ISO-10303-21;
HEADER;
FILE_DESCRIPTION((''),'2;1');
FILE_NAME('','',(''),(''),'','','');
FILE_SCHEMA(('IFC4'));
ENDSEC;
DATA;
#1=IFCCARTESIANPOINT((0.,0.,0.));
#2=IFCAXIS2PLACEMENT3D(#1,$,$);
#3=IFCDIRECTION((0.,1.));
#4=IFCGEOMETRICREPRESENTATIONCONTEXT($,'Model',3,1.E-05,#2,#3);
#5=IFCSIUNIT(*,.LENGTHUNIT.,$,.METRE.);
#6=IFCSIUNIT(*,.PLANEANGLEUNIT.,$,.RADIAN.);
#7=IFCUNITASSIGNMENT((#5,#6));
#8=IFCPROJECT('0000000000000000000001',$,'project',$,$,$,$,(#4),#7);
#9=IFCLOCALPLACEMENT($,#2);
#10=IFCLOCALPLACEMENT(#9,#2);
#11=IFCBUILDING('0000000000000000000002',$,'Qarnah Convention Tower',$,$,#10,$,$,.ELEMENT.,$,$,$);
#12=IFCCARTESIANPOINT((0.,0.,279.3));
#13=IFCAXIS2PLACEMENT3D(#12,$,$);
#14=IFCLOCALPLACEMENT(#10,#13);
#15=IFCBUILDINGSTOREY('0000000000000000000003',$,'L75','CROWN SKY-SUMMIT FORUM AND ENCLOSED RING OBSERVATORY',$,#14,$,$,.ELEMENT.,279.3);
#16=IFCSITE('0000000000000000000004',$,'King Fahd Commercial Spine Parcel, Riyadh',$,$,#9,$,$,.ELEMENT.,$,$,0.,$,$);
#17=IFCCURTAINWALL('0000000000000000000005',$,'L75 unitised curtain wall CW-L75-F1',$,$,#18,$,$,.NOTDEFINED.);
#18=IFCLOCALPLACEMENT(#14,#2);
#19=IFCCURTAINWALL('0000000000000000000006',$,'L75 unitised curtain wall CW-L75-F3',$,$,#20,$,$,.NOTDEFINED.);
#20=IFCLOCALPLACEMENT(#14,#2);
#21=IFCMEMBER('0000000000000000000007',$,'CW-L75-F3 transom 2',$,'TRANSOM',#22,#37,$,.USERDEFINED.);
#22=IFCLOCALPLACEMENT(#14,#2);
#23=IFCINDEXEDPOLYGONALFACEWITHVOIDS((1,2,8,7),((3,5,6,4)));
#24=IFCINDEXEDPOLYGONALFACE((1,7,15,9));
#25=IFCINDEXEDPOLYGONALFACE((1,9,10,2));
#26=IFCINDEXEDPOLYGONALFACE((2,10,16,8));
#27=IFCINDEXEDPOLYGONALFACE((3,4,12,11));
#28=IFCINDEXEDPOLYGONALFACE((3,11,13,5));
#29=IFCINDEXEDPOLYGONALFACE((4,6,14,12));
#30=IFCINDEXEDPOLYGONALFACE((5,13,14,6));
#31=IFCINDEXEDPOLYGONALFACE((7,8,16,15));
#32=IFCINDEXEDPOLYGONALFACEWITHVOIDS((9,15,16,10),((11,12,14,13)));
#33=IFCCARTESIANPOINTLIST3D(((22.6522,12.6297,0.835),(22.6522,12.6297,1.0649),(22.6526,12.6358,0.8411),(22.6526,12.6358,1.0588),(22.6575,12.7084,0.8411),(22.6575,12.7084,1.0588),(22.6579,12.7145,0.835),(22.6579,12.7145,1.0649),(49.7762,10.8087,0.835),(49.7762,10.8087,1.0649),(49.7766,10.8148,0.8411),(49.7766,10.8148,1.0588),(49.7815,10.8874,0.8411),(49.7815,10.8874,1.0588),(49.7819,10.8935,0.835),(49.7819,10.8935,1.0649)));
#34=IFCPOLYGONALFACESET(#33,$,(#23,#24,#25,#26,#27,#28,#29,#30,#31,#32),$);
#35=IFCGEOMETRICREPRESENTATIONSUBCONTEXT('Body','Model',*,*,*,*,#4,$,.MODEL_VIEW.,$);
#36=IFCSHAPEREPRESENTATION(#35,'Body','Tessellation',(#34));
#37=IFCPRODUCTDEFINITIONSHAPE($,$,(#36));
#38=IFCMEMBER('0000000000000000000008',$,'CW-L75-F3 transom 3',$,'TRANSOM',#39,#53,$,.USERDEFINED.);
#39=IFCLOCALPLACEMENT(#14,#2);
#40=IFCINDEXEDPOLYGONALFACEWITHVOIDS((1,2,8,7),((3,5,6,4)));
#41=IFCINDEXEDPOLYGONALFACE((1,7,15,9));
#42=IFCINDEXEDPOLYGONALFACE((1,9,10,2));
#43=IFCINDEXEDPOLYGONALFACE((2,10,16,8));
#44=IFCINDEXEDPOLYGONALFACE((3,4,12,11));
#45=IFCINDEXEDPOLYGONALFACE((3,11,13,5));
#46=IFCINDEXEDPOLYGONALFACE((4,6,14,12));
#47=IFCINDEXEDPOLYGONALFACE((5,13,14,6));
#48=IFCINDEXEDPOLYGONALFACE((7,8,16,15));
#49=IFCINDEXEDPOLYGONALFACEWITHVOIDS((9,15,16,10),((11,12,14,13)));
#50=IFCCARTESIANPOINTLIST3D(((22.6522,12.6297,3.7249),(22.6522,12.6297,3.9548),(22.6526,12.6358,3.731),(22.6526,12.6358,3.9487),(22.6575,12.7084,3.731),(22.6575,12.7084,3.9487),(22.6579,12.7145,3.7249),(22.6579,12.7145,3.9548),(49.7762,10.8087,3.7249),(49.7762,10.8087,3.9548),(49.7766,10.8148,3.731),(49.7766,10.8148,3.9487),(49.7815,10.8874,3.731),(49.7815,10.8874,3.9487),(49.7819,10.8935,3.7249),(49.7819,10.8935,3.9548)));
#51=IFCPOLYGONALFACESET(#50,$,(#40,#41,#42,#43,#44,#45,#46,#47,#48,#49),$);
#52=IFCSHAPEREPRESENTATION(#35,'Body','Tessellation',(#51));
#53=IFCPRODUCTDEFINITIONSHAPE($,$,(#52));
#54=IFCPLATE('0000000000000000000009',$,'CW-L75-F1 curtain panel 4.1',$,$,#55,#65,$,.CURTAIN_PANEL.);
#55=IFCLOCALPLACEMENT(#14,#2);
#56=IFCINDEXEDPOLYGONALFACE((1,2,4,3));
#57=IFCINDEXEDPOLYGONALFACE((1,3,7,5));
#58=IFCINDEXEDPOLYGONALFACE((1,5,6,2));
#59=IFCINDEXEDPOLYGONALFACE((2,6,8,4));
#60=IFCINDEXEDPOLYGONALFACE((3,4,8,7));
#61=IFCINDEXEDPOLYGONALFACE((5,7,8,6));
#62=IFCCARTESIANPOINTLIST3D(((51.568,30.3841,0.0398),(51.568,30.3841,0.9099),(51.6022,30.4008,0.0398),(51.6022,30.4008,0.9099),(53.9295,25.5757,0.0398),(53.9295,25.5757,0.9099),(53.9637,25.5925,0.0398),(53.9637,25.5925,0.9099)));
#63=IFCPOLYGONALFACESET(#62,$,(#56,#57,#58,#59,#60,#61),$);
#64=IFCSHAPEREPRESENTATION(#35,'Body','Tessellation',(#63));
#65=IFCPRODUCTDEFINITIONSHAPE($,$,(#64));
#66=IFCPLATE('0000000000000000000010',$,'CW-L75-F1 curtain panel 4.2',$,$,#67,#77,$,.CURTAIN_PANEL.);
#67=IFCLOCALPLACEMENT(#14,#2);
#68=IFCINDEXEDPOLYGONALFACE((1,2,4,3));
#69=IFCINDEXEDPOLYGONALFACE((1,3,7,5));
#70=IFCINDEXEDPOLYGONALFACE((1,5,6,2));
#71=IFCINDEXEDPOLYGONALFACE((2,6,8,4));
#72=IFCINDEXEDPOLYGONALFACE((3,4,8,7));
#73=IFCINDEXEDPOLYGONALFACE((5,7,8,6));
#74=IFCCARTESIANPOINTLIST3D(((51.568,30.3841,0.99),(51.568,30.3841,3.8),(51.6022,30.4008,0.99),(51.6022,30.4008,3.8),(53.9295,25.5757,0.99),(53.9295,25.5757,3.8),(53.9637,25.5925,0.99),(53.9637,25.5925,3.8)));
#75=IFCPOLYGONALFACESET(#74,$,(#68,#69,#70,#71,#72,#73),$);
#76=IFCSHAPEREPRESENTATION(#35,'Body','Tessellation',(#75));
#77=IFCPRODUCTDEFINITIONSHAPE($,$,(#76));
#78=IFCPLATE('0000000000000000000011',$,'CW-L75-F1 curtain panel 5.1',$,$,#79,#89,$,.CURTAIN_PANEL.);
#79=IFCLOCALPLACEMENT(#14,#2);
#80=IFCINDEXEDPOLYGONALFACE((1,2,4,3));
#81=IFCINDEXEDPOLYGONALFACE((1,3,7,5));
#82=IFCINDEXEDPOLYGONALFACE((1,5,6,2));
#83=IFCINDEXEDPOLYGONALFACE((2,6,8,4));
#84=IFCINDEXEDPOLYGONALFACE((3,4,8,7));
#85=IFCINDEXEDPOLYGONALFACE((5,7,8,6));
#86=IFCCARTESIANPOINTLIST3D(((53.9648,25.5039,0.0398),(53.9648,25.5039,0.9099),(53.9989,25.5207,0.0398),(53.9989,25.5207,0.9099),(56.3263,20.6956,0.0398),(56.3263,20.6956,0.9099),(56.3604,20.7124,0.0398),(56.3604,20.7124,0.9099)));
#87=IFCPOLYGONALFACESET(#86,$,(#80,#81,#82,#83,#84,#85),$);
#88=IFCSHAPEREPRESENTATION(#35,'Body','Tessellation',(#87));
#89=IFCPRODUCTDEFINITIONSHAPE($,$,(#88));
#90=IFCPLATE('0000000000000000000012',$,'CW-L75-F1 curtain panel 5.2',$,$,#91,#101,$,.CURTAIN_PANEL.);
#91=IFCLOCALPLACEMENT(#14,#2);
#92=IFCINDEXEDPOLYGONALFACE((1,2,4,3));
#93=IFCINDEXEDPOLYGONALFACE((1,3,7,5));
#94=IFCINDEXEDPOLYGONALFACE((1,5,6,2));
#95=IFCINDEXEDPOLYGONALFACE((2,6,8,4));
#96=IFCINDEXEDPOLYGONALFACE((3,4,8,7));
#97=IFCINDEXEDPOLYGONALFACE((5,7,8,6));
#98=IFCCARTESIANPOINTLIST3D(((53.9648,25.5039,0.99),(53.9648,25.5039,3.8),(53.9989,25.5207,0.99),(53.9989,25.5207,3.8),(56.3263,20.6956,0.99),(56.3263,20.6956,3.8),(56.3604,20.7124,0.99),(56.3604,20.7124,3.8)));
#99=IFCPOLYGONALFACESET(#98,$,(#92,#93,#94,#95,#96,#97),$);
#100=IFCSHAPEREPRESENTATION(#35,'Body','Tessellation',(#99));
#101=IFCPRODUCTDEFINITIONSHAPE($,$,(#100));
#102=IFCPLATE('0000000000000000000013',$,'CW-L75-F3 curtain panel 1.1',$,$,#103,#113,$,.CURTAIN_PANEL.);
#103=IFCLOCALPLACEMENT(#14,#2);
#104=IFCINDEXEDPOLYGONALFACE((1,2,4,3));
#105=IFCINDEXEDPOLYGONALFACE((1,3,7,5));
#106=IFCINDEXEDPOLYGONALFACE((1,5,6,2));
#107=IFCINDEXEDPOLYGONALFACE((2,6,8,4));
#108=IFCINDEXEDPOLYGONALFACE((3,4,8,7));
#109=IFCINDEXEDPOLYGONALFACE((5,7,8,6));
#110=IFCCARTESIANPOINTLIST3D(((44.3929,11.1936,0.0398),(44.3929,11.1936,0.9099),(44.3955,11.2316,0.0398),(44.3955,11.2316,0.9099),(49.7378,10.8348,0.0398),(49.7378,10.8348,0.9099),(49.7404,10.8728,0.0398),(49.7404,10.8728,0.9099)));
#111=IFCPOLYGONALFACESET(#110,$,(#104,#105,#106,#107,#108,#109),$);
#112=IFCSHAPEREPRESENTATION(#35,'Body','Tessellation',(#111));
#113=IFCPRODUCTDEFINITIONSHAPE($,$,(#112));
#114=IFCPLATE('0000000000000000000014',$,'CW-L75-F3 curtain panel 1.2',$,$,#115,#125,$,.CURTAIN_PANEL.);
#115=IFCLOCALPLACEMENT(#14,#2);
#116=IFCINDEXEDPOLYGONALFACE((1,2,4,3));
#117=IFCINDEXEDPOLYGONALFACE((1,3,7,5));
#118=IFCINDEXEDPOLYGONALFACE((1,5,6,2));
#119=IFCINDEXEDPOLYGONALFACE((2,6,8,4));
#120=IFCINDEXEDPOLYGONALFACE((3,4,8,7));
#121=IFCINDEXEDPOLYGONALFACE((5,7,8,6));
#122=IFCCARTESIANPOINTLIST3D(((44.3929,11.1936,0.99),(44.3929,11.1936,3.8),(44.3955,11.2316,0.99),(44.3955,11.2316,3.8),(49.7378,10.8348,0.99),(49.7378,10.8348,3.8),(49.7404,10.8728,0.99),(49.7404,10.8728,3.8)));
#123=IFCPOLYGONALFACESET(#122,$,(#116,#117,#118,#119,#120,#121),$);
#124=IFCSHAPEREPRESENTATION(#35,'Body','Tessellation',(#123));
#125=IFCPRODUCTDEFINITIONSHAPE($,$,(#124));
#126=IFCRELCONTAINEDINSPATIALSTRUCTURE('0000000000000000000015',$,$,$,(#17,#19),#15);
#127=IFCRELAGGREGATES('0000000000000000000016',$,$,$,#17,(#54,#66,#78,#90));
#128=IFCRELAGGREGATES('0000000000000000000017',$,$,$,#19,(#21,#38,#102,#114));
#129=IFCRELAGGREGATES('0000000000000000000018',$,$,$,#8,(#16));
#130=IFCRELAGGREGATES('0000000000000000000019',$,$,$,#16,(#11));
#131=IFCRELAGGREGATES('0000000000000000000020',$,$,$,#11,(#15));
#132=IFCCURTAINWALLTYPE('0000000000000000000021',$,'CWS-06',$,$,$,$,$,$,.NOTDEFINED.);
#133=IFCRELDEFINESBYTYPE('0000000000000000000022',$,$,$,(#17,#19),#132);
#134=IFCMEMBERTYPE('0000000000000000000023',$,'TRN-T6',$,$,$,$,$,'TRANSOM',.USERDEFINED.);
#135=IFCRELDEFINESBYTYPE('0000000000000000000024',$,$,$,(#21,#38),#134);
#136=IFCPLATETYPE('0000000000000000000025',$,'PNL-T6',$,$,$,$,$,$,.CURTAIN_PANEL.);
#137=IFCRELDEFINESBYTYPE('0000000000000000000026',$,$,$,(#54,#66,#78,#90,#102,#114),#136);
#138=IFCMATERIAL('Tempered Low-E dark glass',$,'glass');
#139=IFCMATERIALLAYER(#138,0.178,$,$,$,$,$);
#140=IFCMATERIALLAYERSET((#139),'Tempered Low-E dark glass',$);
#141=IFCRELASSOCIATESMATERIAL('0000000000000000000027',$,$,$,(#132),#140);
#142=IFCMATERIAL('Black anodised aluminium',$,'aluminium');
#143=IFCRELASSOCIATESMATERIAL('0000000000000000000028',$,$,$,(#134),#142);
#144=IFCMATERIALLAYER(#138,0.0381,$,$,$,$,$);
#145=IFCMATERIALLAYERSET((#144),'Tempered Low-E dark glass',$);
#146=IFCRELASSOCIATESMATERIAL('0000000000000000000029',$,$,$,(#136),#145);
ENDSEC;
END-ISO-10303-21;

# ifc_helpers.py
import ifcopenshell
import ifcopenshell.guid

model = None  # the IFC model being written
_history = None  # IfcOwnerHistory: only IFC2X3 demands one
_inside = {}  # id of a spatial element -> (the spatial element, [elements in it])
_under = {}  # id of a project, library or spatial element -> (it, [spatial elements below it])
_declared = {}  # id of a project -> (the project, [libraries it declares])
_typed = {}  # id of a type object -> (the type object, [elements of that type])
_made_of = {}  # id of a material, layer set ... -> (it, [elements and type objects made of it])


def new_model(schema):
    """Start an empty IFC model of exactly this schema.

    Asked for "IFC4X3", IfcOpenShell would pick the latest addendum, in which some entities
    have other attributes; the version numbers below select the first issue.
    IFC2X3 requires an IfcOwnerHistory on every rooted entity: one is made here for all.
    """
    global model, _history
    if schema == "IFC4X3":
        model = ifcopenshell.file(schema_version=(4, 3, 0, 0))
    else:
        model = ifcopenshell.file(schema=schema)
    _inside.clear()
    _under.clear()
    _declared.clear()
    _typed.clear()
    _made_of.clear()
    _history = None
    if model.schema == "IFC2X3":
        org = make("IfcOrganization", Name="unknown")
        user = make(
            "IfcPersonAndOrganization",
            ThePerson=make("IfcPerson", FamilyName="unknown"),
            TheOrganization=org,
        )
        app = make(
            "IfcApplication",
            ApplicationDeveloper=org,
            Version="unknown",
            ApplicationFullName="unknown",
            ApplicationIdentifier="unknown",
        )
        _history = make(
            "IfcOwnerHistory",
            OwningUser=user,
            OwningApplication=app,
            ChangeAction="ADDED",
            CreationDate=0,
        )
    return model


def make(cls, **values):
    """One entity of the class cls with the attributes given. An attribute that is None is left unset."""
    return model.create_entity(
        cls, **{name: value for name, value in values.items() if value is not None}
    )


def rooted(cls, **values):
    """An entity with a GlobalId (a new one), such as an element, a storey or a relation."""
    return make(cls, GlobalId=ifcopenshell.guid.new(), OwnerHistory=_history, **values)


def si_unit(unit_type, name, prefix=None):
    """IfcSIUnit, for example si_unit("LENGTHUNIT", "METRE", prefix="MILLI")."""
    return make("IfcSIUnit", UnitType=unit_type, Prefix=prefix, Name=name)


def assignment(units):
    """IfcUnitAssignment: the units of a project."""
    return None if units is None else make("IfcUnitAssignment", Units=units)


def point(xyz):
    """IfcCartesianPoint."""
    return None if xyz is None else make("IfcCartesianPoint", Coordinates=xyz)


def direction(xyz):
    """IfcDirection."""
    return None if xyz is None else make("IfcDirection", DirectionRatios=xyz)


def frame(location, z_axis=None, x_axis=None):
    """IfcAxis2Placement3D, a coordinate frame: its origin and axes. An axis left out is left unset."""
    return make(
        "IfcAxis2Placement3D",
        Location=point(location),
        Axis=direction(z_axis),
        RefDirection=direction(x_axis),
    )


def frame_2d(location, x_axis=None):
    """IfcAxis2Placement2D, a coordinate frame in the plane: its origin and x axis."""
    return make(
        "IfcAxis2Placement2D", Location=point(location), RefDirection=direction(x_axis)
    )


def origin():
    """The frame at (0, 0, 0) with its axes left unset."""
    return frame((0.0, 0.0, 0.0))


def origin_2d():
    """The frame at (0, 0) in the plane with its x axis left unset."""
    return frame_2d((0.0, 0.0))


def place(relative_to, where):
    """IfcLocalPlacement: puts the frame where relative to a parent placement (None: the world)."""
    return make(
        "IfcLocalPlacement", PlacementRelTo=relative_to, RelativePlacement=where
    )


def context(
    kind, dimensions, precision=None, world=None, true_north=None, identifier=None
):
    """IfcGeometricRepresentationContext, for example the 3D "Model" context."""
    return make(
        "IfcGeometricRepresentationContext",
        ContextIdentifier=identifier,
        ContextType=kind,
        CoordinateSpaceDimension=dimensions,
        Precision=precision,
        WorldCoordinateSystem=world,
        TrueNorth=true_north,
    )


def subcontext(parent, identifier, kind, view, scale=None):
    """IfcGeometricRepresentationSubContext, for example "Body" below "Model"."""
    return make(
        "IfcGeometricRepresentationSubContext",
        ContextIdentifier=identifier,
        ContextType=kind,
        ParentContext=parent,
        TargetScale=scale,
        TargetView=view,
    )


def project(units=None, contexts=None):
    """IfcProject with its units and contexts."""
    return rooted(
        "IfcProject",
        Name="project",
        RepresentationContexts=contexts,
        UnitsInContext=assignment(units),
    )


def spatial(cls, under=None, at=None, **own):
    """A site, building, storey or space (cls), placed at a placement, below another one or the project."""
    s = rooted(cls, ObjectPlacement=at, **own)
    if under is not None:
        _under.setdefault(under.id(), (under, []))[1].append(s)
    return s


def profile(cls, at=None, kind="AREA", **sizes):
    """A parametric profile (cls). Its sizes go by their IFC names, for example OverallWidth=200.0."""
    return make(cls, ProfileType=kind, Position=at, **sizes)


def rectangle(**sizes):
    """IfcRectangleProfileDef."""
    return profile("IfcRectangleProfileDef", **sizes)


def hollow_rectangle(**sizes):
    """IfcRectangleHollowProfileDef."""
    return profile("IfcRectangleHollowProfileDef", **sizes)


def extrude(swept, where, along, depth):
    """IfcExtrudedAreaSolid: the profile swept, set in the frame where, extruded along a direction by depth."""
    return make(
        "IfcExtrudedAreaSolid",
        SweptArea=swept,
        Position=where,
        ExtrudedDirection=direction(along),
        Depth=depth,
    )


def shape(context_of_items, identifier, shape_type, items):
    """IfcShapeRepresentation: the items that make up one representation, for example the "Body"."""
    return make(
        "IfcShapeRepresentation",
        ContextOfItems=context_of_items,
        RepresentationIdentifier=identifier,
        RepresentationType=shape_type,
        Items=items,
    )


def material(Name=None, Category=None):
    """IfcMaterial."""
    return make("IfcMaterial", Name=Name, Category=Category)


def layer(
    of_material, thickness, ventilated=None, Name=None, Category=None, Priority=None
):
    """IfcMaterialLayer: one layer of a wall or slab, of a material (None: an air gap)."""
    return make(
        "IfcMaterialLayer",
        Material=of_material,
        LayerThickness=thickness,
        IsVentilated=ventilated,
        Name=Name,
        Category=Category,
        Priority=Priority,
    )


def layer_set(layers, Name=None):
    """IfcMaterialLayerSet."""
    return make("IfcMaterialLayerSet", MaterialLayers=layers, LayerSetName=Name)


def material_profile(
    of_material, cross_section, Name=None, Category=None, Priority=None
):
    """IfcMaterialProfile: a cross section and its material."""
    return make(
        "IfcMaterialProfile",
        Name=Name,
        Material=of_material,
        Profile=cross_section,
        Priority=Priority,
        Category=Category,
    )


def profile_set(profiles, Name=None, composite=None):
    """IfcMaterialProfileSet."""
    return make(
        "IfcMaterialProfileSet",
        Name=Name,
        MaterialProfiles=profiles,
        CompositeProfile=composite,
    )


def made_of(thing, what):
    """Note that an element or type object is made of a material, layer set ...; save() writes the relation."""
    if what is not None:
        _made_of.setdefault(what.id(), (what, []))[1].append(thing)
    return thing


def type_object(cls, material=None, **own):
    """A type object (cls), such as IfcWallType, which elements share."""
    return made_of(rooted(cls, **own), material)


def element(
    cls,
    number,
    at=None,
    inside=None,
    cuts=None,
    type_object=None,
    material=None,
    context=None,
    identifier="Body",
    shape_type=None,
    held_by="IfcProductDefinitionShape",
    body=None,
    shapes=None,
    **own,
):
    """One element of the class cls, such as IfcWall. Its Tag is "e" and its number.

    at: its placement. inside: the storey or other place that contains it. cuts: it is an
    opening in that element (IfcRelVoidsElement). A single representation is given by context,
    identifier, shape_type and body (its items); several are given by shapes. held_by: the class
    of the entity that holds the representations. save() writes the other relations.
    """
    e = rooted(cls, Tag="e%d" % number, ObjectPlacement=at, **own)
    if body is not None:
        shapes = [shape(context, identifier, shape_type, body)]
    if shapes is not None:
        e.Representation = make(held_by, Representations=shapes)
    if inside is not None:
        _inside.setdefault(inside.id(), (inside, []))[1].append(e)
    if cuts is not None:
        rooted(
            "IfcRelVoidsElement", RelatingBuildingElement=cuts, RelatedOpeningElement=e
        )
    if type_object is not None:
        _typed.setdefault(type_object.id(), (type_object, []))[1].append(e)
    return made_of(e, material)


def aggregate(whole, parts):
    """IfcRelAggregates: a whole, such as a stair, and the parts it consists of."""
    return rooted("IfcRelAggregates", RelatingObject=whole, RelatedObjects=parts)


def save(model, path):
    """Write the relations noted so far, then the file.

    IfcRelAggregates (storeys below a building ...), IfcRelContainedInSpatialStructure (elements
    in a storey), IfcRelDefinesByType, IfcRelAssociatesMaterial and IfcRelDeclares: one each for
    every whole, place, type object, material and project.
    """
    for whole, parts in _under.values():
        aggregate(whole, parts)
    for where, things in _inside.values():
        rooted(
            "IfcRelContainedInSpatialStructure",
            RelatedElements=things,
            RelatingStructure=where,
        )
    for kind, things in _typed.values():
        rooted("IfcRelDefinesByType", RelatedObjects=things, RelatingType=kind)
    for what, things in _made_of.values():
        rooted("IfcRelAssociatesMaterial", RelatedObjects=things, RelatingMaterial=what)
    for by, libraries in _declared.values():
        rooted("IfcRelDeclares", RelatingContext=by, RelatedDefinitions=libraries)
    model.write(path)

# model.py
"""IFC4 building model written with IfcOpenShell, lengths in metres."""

from ifc_helpers import new_model, si_unit, direction, frame, origin, origin_2d, place, context, subcontext, project, spatial, rectangle, hollow_rectangle, extrude, material, layer, layer_set, material_profile, profile_set, type_object, element, aggregate, save


model = new_model("IFC4")

# Units and contexts
model_context = context("Model", 3, precision=1e-05, world=origin(), true_north=direction((0.0, 1.0)))
body_context = subcontext(model_context, "Body", "Model", "MODEL_VIEW")
ifc_project = project(units=[si_unit("LENGTHUNIT", "METRE"), si_unit("PLANEANGLEUNIT", "RADIAN")], contexts=[model_context])

# Site, building, storey
site_placement = place(None, origin())
site = spatial("IfcSite", under=ifc_project, at=site_placement, Name="King Fahd Commercial Spine Parcel, Riyadh", CompositionType="ELEMENT", RefElevation=0.0)
building_placement = place(site_placement, origin())
building = spatial("IfcBuilding", under=site, at=building_placement, Name="Qarnah Convention Tower", CompositionType="ELEMENT")
storey_placement = place(building_placement, frame((0.0, 0.0, 279.3)))
storey = spatial("IfcBuildingStorey", under=building, at=storey_placement, Name="L75", Description="CROWN SKY-SUMMIT FORUM AND ENCLOSED RING OBSERVATORY", CompositionType="ELEMENT", Elevation=279.3)

# Curtain walls, members
ifc_material_1 = material(Name="Tempered Low-E dark glass", Category="glass")
ifc_layer_1 = layer(ifc_material_1, 0.178)
ifc_layer_set_1 = layer_set([ifc_layer_1], Name="Tempered Low-E dark glass")
curtain_wall_type = type_object("IfcCurtainWallType", Name="CWS-06", PredefinedType="NOTDEFINED", material=ifc_layer_set_1)
curtain_wall_1_placement = place(storey_placement, origin())
curtain_wall_1 = element("IfcCurtainWall", 1, at=curtain_wall_1_placement, inside=storey, type_object=curtain_wall_type, Name="L75 unitised curtain wall CW-L75-F1", PredefinedType="NOTDEFINED")
ifc_material_2 = material(Name="Black anodised aluminium", Category="aluminium")
curtain_wall_2_placement = place(storey_placement, origin())
curtain_wall_2 = element("IfcCurtainWall", 2, at=curtain_wall_2_placement, inside=storey, type_object=curtain_wall_type, Name="L75 unitised curtain wall CW-L75-F3", PredefinedType="NOTDEFINED")
ifc_material_profile_1 = material_profile(ifc_material_2, hollow_rectangle(XDim=0.085, YDim=0.23, WallThickness=0.0061, at=origin_2d()), Name="TRN-85X230")
ifc_profile_set_1 = profile_set([ifc_material_profile_1], Name="Black anodised aluminium")
member_type_1 = type_object("IfcMemberType", Name="TRN-T6", ElementType="TRANSOM", PredefinedType="USERDEFINED", material=ifc_profile_set_1)
member_1_placement = place(storey_placement, frame((49.7791, 10.8511, 0.95), z_axis=(-0.997754, 0.066987, 0.0), x_axis=(-0.066987, -0.997754, 0.0)))
member_1 = element("IfcMember", 3, at=member_1_placement, type_object=member_type_1, Name="CW-L75-F3 transom 2", ObjectType="TRANSOM", PredefinedType="USERDEFINED", context=body_context, shape_type="SweptSolid", body=[
    extrude(hollow_rectangle(XDim=0.085, YDim=0.23, WallThickness=0.0061, at=origin_2d()), origin(), (0.0, 0.0, 1.0), 27.1851),
])
member_2_placement = place(storey_placement, frame((49.7791, 10.8511, 3.8398), z_axis=(-0.997754, 0.066987, 0.0), x_axis=(-0.066987, -0.997754, 0.0)))
member_2 = element("IfcMember", 4, at=member_2_placement, type_object=member_type_1, Name="CW-L75-F3 transom 3", ObjectType="TRANSOM", PredefinedType="USERDEFINED", context=body_context, shape_type="SweptSolid", body=[
    extrude(hollow_rectangle(XDim=0.085, YDim=0.23, WallThickness=0.0061, at=origin_2d()), origin(), (0.0, 0.0, 1.0), 27.1851),
])

# Plates
ifc_layer_2 = layer(ifc_material_1, 0.0381)
ifc_layer_set_2 = layer_set([ifc_layer_2], Name="Tempered Low-E dark glass")
plate_type = type_object("IfcPlateType", Name="PNL-T6", PredefinedType="CURTAIN_PANEL", material=ifc_layer_set_2)
plate_1_placement = place(storey_placement, frame((52.7659, 27.9883, 0.0398), z_axis=(0.0, 0.0, 1.0), x_axis=(0.440831, -0.89759, 0.0)))
plate_1 = element("IfcPlate", 5, at=plate_1_placement, type_object=plate_type, Name="CW-L75-F1 curtain panel 4.1", PredefinedType="CURTAIN_PANEL", context=body_context, shape_type="SweptSolid", body=[
    extrude(rectangle(XDim=5.3569, YDim=0.0381, at=origin_2d()), origin(), (0.0, 0.0, 1.0), 0.8701),
])
plate_2_placement = place(storey_placement, frame((52.7659, 27.9883, 0.99), z_axis=(0.0, 0.0, 1.0), x_axis=(0.440831, -0.89759, 0.0)))
plate_2 = element("IfcPlate", 6, at=plate_2_placement, type_object=plate_type, Name="CW-L75-F1 curtain panel 4.2", PredefinedType="CURTAIN_PANEL", context=body_context, shape_type="SweptSolid", body=[
    extrude(rectangle(XDim=5.3569, YDim=0.0381, at=origin_2d()), origin(), (0.0, 0.0, 1.0), 2.8101),
])
plate_3_placement = place(storey_placement, frame((55.1626, 23.1082, 0.0398), z_axis=(0.0, 0.0, 1.0), x_axis=(0.440831, -0.89759, 0.0)))
plate_3 = element("IfcPlate", 7, at=plate_3_placement, type_object=plate_type, Name="CW-L75-F1 curtain panel 5.1", PredefinedType="CURTAIN_PANEL", context=body_context, shape_type="SweptSolid", body=[
    extrude(rectangle(XDim=5.3569, YDim=0.0381, at=origin_2d()), origin(), (0.0, 0.0, 1.0), 0.8701),
])
plate_4_placement = place(storey_placement, frame((55.1626, 23.1082, 0.99), z_axis=(0.0, 0.0, 1.0), x_axis=(0.440831, -0.89759, 0.0)))
plate_4 = element("IfcPlate", 8, at=plate_4_placement, type_object=plate_type, Name="CW-L75-F1 curtain panel 5.2", PredefinedType="CURTAIN_PANEL", context=body_context, shape_type="SweptSolid", body=[
    extrude(rectangle(XDim=5.3569, YDim=0.0381, at=origin_2d()), origin(), (0.0, 0.0, 1.0), 2.8101),
])
aggregate(curtain_wall_1, [plate_1, plate_2, plate_3, plate_4])
plate_5_placement = place(storey_placement, frame((47.0667, 11.0332, 0.0398), z_axis=(0.0, 0.0, 1.0), x_axis=(-0.997754, 0.066985, 0.0)))
plate_5 = element("IfcPlate", 9, at=plate_5_placement, type_object=plate_type, Name="CW-L75-F3 curtain panel 1.1", PredefinedType="CURTAIN_PANEL", context=body_context, shape_type="SweptSolid", body=[
    extrude(rectangle(XDim=5.3569, YDim=0.0381, at=origin_2d()), origin(), (0.0, 0.0, 1.0), 0.8701),
])
plate_6_placement = place(storey_placement, frame((47.0667, 11.0332, 0.99), z_axis=(0.0, 0.0, 1.0), x_axis=(-0.997754, 0.066985, 0.0)))
plate_6 = element("IfcPlate", 10, at=plate_6_placement, type_object=plate_type, Name="CW-L75-F3 curtain panel 1.2", PredefinedType="CURTAIN_PANEL", context=body_context, shape_type="SweptSolid", body=[
    extrude(rectangle(XDim=5.3569, YDim=0.0381, at=origin_2d()), origin(), (0.0, 0.0, 1.0), 2.8101),
])
aggregate(curtain_wall_2, [member_1, member_2, plate_5, plate_6])

save(model, "model.ifc")
